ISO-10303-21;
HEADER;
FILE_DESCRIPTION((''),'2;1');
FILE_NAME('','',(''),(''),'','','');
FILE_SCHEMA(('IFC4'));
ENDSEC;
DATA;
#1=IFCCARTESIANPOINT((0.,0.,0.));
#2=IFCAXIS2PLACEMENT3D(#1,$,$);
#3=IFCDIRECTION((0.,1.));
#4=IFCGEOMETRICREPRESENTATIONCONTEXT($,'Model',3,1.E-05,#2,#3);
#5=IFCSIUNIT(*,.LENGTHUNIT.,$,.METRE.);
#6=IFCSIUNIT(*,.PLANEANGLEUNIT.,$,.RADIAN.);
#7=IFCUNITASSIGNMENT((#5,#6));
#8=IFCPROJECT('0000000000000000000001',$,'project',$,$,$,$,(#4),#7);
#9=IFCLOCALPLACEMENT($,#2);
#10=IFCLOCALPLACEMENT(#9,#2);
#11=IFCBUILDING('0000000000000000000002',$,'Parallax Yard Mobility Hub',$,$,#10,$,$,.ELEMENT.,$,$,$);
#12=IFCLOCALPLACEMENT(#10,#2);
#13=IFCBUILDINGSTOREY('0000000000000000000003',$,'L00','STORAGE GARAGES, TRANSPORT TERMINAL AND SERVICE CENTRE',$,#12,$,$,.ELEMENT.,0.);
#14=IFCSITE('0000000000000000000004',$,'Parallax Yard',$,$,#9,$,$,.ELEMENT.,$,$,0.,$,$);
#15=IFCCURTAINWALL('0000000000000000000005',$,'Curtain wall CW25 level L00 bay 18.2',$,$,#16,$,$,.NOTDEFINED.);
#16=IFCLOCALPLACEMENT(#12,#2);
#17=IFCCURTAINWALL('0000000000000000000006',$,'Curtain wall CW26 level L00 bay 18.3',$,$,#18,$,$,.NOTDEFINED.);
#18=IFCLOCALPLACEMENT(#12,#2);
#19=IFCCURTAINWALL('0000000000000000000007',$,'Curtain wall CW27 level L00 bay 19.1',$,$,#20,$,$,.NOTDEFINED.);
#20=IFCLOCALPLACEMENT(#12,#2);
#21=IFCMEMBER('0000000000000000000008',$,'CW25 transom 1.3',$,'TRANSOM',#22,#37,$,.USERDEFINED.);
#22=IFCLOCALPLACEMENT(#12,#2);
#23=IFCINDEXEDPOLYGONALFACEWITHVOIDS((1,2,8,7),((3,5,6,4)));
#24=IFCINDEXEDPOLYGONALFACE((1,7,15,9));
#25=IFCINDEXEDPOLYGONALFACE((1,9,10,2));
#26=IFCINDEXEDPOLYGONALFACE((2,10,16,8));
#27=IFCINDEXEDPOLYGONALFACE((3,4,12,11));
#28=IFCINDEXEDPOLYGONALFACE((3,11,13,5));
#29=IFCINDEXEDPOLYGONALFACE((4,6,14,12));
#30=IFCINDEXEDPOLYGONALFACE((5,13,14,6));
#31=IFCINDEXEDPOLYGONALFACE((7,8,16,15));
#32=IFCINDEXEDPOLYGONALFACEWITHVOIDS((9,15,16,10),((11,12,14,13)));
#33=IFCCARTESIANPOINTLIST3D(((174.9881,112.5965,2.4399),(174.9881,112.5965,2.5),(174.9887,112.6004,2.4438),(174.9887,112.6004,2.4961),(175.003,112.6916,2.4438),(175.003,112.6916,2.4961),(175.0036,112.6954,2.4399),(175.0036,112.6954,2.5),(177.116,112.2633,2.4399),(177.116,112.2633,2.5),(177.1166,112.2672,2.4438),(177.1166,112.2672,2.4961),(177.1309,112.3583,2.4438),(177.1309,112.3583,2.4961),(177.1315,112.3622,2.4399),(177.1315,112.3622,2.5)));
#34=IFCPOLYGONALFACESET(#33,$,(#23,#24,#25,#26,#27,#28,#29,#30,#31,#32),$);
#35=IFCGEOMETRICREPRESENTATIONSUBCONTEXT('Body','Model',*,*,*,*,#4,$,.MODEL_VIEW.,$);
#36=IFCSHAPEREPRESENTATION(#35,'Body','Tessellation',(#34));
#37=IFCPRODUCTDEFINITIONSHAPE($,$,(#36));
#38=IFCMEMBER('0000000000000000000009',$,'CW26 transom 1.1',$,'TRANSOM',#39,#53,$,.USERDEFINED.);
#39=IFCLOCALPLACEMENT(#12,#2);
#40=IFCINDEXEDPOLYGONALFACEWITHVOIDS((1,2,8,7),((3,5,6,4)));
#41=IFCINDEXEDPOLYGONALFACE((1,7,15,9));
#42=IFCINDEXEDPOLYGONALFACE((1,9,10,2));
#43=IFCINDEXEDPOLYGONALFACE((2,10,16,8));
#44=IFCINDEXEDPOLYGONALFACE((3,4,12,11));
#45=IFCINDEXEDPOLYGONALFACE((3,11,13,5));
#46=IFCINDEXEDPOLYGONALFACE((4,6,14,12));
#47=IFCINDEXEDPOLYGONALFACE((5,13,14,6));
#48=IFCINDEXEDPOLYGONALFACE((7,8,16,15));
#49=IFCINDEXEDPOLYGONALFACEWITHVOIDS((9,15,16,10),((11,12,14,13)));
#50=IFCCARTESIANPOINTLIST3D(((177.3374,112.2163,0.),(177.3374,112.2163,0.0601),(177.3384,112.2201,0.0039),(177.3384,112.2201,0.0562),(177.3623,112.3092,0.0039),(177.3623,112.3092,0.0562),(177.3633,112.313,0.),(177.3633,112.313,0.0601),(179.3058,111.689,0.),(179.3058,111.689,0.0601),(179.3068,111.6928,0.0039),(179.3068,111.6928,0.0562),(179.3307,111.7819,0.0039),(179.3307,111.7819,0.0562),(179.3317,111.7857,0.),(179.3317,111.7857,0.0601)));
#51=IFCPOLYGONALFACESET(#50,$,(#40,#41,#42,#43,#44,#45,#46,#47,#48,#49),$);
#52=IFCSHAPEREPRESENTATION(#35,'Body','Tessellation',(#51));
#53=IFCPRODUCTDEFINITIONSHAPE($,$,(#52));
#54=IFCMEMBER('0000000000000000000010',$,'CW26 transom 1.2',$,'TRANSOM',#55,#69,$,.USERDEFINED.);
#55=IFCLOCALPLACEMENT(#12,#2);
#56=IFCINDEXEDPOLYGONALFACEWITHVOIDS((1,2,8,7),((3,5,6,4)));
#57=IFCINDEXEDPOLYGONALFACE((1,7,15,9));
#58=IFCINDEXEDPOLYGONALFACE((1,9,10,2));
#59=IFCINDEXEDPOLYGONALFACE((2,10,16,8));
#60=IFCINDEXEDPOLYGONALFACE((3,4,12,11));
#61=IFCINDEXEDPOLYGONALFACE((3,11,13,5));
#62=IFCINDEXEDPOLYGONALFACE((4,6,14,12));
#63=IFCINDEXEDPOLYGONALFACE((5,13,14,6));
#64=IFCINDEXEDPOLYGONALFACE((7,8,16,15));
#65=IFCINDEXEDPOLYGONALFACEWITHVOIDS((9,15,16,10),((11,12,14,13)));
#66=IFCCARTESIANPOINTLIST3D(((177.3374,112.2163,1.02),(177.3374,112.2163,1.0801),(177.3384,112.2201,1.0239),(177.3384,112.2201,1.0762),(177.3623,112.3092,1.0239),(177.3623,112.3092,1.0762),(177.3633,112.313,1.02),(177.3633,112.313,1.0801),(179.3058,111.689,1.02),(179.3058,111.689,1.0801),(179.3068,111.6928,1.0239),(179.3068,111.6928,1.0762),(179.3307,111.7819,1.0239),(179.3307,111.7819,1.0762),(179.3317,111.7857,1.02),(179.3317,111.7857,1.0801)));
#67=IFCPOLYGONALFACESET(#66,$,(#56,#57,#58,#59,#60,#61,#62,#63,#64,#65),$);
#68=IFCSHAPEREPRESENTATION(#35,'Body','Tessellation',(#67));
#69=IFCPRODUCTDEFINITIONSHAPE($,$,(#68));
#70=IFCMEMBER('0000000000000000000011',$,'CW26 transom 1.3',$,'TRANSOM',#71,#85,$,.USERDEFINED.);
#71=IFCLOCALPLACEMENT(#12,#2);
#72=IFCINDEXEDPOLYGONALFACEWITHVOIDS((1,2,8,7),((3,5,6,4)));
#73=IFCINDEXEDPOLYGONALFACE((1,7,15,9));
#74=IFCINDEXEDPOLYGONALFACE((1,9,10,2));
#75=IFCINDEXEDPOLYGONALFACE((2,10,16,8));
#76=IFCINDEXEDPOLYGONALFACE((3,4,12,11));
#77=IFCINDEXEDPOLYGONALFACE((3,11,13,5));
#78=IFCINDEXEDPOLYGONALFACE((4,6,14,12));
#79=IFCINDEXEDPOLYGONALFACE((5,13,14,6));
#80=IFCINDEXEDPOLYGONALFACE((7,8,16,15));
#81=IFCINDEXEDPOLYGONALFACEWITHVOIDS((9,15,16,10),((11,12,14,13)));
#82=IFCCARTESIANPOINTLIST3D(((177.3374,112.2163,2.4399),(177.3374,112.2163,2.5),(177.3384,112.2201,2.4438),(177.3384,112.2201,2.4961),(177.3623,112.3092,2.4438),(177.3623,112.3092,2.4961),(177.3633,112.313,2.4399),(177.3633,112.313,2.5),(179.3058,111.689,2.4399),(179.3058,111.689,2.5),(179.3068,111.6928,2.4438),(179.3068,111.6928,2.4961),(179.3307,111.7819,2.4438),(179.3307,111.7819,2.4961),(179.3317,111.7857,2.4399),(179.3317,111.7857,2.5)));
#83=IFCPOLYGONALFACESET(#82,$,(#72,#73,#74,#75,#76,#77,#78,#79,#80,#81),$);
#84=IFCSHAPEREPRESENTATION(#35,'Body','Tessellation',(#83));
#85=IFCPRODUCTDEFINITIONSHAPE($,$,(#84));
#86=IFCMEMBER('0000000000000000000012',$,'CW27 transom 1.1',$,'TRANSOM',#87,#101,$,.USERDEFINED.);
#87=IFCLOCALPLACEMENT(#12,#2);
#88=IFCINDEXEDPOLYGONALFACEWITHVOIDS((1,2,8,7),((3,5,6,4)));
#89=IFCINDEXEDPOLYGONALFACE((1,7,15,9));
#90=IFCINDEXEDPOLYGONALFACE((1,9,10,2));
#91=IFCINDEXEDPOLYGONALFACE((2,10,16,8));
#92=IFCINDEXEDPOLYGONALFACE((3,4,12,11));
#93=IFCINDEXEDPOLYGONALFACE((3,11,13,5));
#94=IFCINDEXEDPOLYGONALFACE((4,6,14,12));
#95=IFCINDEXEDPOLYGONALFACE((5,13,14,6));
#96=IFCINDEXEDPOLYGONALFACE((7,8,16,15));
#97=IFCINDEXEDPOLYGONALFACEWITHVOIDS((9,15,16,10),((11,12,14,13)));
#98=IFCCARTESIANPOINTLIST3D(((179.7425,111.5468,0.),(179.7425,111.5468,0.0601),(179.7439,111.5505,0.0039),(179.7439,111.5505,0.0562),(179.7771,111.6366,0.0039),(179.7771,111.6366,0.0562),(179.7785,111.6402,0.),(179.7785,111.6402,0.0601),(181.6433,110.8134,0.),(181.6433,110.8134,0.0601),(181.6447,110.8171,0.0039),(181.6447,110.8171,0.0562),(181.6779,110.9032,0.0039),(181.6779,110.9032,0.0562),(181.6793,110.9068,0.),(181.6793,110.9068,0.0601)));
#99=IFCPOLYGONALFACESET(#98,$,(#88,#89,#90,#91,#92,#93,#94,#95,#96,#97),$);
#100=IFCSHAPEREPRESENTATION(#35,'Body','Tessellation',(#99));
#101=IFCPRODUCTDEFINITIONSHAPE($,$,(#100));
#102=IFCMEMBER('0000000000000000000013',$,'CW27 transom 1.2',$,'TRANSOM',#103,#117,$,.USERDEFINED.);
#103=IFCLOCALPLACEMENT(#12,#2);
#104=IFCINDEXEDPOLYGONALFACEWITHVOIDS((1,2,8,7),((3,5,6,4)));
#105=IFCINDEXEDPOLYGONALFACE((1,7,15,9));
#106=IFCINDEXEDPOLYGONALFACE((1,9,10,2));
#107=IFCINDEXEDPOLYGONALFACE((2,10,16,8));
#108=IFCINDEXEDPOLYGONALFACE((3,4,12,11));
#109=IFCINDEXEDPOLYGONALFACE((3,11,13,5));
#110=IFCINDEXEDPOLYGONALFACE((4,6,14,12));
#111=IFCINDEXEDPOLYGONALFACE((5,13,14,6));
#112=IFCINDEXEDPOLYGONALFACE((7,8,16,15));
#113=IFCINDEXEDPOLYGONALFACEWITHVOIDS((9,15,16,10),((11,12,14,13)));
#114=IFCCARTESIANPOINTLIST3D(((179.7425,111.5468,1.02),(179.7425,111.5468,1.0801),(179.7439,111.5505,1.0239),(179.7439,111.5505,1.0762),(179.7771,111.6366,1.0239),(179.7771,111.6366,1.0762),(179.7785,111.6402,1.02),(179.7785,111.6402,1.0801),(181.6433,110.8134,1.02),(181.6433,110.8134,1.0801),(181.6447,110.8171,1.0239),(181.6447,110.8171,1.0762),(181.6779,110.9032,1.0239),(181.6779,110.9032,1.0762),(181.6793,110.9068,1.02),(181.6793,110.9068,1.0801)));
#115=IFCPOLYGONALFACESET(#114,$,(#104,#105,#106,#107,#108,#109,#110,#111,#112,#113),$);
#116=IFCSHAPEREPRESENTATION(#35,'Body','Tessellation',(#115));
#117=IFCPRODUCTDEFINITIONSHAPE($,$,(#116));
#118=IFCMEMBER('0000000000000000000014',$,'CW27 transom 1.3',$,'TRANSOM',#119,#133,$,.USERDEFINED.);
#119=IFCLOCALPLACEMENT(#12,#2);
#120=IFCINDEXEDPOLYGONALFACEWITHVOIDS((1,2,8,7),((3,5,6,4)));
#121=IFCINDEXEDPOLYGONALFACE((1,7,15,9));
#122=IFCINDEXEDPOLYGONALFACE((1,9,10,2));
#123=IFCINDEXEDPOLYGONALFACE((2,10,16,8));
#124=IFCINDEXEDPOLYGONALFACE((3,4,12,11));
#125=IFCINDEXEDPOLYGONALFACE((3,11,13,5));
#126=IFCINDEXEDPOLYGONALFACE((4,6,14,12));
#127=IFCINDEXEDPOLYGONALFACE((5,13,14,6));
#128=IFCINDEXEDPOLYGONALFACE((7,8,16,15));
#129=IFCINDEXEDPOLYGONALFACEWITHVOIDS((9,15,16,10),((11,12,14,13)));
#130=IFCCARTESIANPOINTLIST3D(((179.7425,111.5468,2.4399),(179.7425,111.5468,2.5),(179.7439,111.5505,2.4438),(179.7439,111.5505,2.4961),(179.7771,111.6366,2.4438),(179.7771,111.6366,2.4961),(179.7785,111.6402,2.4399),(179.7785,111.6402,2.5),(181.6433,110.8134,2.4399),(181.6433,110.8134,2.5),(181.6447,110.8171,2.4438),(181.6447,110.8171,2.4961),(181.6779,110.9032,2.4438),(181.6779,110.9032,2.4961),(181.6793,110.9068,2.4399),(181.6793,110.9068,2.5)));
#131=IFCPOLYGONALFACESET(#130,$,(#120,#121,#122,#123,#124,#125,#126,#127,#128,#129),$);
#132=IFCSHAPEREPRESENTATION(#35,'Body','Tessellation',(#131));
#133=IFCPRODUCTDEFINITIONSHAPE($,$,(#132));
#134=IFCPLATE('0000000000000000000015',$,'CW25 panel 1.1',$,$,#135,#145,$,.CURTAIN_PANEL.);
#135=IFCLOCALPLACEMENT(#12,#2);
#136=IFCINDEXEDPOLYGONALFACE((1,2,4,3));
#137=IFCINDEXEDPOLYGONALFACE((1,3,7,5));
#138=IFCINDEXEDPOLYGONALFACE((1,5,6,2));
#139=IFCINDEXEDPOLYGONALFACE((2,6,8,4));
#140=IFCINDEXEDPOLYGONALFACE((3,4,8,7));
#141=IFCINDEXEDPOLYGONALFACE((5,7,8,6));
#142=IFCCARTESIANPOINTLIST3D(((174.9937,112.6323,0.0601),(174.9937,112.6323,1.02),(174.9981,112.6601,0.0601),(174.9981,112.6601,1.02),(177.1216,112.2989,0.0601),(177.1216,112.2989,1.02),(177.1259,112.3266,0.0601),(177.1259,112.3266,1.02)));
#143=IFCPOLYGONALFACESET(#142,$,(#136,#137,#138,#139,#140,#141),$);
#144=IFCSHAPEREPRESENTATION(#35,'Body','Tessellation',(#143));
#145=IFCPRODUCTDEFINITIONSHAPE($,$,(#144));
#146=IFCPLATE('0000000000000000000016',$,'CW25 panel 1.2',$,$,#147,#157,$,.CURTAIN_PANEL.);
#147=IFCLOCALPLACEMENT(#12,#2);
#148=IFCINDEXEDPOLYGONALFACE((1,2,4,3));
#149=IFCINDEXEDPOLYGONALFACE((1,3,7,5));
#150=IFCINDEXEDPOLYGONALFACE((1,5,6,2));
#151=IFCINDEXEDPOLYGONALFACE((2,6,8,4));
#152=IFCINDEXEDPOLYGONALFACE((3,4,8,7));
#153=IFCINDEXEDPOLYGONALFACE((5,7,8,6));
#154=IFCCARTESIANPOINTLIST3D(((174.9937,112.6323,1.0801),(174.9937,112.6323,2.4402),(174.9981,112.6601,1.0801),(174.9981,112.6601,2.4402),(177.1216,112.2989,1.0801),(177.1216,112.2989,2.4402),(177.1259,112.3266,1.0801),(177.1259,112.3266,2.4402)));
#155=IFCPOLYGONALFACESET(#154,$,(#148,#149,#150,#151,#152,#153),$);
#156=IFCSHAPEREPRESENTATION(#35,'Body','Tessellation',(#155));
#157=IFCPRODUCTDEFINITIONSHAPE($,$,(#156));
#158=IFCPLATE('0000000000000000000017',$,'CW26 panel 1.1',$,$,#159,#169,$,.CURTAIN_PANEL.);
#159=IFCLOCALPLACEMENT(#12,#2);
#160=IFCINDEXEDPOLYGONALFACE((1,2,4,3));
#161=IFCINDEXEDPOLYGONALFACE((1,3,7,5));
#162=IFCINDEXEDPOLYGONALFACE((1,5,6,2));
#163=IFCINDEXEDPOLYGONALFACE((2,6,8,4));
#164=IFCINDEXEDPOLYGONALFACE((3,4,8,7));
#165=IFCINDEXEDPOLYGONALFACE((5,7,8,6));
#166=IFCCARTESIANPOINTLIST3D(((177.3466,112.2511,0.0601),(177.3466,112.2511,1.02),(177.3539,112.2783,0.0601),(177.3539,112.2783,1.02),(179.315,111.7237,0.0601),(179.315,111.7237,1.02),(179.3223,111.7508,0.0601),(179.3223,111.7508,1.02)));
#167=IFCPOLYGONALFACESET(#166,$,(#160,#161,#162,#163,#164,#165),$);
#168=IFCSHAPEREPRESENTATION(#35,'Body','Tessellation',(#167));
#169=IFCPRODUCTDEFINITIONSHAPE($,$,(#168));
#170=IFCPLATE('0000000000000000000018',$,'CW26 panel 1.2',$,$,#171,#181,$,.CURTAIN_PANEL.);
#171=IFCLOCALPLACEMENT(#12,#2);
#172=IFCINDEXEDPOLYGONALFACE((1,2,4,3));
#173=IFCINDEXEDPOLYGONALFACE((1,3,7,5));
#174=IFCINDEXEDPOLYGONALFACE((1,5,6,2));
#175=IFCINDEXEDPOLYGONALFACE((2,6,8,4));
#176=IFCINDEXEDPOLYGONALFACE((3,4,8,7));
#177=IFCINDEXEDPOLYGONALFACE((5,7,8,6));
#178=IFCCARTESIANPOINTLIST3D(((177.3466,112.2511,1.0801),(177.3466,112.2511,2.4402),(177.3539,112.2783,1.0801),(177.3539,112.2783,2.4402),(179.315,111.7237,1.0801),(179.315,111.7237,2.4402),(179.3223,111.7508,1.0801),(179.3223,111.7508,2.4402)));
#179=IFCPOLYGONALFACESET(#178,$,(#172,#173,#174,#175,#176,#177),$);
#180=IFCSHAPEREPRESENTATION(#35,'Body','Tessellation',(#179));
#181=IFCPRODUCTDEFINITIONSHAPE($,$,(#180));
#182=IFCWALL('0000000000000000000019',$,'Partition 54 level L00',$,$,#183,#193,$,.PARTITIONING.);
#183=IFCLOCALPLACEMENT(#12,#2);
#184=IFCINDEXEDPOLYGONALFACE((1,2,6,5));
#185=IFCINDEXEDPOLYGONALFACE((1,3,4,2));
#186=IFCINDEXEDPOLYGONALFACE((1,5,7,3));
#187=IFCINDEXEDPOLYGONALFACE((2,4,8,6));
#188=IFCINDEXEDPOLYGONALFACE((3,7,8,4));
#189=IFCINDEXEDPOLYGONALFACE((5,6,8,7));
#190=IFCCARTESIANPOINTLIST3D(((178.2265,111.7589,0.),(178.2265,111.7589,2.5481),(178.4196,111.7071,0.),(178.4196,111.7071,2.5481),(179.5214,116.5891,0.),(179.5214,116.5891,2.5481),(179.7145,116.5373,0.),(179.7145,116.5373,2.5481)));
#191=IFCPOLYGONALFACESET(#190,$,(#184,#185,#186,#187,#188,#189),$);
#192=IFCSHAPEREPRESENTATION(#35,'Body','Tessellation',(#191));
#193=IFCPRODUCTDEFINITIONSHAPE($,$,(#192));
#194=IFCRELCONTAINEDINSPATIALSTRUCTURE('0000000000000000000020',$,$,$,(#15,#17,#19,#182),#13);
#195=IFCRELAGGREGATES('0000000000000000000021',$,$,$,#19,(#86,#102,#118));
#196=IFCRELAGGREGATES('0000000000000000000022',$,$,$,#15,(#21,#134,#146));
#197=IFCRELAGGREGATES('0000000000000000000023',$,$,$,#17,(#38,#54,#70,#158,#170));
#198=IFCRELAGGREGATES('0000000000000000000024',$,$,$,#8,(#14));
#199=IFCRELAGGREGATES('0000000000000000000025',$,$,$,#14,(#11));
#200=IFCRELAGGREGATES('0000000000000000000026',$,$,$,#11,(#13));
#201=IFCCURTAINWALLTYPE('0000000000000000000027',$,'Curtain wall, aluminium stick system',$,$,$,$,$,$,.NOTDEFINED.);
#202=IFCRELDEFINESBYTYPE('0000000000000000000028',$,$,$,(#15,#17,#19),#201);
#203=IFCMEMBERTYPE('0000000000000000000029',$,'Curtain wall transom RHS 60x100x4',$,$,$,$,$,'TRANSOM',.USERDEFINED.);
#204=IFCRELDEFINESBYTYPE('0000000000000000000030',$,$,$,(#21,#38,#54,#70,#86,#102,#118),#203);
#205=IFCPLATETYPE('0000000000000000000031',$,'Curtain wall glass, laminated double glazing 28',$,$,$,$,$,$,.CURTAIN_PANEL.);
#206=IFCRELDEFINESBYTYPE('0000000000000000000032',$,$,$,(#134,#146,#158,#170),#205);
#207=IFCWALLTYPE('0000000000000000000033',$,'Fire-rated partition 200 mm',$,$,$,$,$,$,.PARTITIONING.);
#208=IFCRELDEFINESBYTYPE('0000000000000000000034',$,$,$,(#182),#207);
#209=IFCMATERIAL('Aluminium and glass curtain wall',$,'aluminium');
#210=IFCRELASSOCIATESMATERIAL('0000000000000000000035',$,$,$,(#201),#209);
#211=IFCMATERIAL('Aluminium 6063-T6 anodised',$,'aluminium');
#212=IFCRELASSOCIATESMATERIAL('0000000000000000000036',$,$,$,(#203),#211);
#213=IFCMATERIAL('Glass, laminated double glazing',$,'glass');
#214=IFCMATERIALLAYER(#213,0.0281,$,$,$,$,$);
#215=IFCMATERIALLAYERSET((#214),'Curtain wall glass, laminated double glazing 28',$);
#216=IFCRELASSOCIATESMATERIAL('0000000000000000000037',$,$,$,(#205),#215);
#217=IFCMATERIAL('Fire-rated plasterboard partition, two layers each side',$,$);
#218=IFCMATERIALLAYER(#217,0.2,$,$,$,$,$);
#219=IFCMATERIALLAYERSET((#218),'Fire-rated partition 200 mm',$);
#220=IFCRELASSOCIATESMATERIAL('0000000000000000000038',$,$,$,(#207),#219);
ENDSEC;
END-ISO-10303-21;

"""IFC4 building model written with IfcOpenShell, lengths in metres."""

from ifc_helpers import new_model, si_unit, direction, frame, frame_2d, origin, origin_2d, place, context, subcontext, project, spatial, rectangle, hollow_rectangle, extrude, material, layer, layer_set, material_profile, profile_set, type_object, element, aggregate, save


model = new_model("IFC4")

# Units and contexts
model_context = context("Model", 3, precision=1e-05, world=origin(), true_north=direction((0.0, 1.0)))
body_context = subcontext(model_context, "Body", "Model", "MODEL_VIEW")
ifc_project = project(units=[si_unit("LENGTHUNIT", "METRE"), si_unit("PLANEANGLEUNIT", "RADIAN")], contexts=[model_context])

# Site, building, storey
site_placement = place(None, origin())
site = spatial("IfcSite", under=ifc_project, at=site_placement, Name="Parallax Yard", CompositionType="ELEMENT", RefElevation=0.0)
building_placement = place(site_placement, origin())
building = spatial("IfcBuilding", under=site, at=building_placement, Name="Parallax Yard Mobility Hub", CompositionType="ELEMENT")
storey_placement = place(building_placement, origin())
storey = spatial("IfcBuildingStorey", under=building, at=storey_placement, Name="L00", Description="STORAGE GARAGES, TRANSPORT TERMINAL AND SERVICE CENTRE", CompositionType="ELEMENT", Elevation=0.0)

# Curtain walls
ifc_material_1 = material(Name="Aluminium and glass curtain wall", Category="aluminium")
curtain_wall_type = type_object("IfcCurtainWallType", Name="Curtain wall, aluminium stick system", PredefinedType="NOTDEFINED", material=ifc_material_1)
curtain_wall_1_placement = place(storey_placement, origin())
curtain_wall_1 = element("IfcCurtainWall", 1, at=curtain_wall_1_placement, inside=storey, type_object=curtain_wall_type, Name="Curtain wall CW25 level L00 bay 18.2", PredefinedType="NOTDEFINED")
ifc_material_2 = material(Name="Aluminium 6063-T6 anodised", Category="aluminium")
curtain_wall_2_placement = place(storey_placement, origin())
curtain_wall_2 = element("IfcCurtainWall", 2, at=curtain_wall_2_placement, inside=storey, type_object=curtain_wall_type, Name="Curtain wall CW26 level L00 bay 18.3", PredefinedType="NOTDEFINED")

# Curtain wall
curtain_wall_3_placement = place(storey_placement, origin())
curtain_wall_3 = element("IfcCurtainWall", 3, at=curtain_wall_3_placement, inside=storey, type_object=curtain_wall_type, Name="Curtain wall CW27 level L00 bay 19.1", PredefinedType="NOTDEFINED")

# Members
ifc_material_profile_1 = material_profile(ifc_material_2, hollow_rectangle(XDim=0.1001, YDim=0.0601, WallThickness=0.0039, at=origin_2d()), Name="RHS 60x100x4")
ifc_profile_set_1 = profile_set([ifc_material_profile_1], Name="Aluminium 6063-T6 anodised")
member_type_1 = type_object("IfcMemberType", Name="Curtain wall transom RHS 60x100x4", ElementType="TRANSOM", PredefinedType="USERDEFINED", material=ifc_profile_set_1)
member_1_placement = place(storey_placement, frame((174.9958, 112.646, 2.47), z_axis=(0.987958, -0.154723, 0.0), x_axis=(0.154723, 0.987958, 0.0)))
member_1 = element("IfcMember", 4, at=member_1_placement, type_object=member_type_1, Name="CW25 transom 1.3", ObjectType="TRANSOM", PredefinedType="USERDEFINED", context=body_context, shape_type="SweptSolid", body=[
    extrude(hollow_rectangle(XDim=0.1001, YDim=0.0601, WallThickness=0.0039, at=origin_2d()), origin(), (0.0, 0.0, 1.0), 2.1538),
])
member_2_placement = place(storey_placement, frame((177.3503, 112.2646, 0.03), z_axis=(0.96594, -0.258766, 0.0), x_axis=(0.258766, 0.96594, 0.0)))
member_2 = element("IfcMember", 5, at=member_2_placement, type_object=member_type_1, Name="CW26 transom 1.1", ObjectType="TRANSOM", PredefinedType="USERDEFINED", context=body_context, shape_type="SweptSolid", body=[
    extrude(hollow_rectangle(XDim=0.1001, YDim=0.0601, WallThickness=0.0039, at=origin_2d()), origin(), (0.0, 0.0, 1.0), 2.0378),
])
member_3_placement = place(storey_placement, frame((177.3503, 112.2646, 1.05), z_axis=(0.96594, -0.258766, 0.0), x_axis=(0.258766, 0.96594, 0.0)))
member_3 = element("IfcMember", 6, at=member_3_placement, type_object=member_type_1, Name="CW26 transom 1.2", ObjectType="TRANSOM", PredefinedType="USERDEFINED", context=body_context, shape_type="SweptSolid", body=[
    extrude(hollow_rectangle(XDim=0.1001, YDim=0.0601, WallThickness=0.0039, at=origin_2d()), origin(), (0.0, 0.0, 1.0), 2.0378),
])
member_4_placement = place(storey_placement, frame((177.3503, 112.2646, 2.47), z_axis=(0.96594, -0.258766, 0.0), x_axis=(0.258766, 0.96594, 0.0)))
member_4 = element("IfcMember", 7, at=member_4_placement, type_object=member_type_1, Name="CW26 transom 1.3", ObjectType="TRANSOM", PredefinedType="USERDEFINED", context=body_context, shape_type="SweptSolid", body=[
    extrude(hollow_rectangle(XDim=0.1001, YDim=0.0601, WallThickness=0.0039, at=origin_2d()), origin(), (0.0, 0.0, 1.0), 2.0378),
])
member_5_placement = place(storey_placement, frame((179.7605, 111.5935, 0.03), z_axis=(0.932968, -0.359958, 0.0), x_axis=(0.359958, 0.932968, 0.0)))
member_5 = element("IfcMember", 8, at=member_5_placement, type_object=member_type_1, Name="CW27 transom 1.1", ObjectType="TRANSOM", PredefinedType="USERDEFINED", context=body_context, shape_type="SweptSolid", body=[
    extrude(hollow_rectangle(XDim=0.1001, YDim=0.0601, WallThickness=0.0039, at=origin_2d()), origin(), (0.0, 0.0, 1.0), 2.0374),
])
member_6_placement = place(storey_placement, frame((179.7605, 111.5935, 1.05), z_axis=(0.932968, -0.359958, 0.0), x_axis=(0.359958, 0.932968, 0.0)))
member_6 = element("IfcMember", 9, at=member_6_placement, type_object=member_type_1, Name="CW27 transom 1.2", ObjectType="TRANSOM", PredefinedType="USERDEFINED", context=body_context, shape_type="SweptSolid", body=[
    extrude(hollow_rectangle(XDim=0.1001, YDim=0.0601, WallThickness=0.0039, at=origin_2d()), origin(), (0.0, 0.0, 1.0), 2.0374),
])
member_7_placement = place(storey_placement, frame((179.7605, 111.5935, 2.47), z_axis=(0.932968, -0.359958, 0.0), x_axis=(0.359958, 0.932968, 0.0)))
member_7 = element("IfcMember", 10, at=member_7_placement, type_object=member_type_1, Name="CW27 transom 1.3", ObjectType="TRANSOM", PredefinedType="USERDEFINED", context=body_context, shape_type="SweptSolid", body=[
    extrude(hollow_rectangle(XDim=0.1001, YDim=0.0601, WallThickness=0.0039, at=origin_2d()), origin(), (0.0, 0.0, 1.0), 2.0374),
])
aggregate(curtain_wall_3, [member_5, member_6, member_7])

# Plates
ifc_material_3 = material(Name="Glass, laminated double glazing", Category="glass")
ifc_layer_1 = layer(ifc_material_3, 0.0281)
ifc_layer_set_1 = layer_set([ifc_layer_1], Name="Curtain wall glass, laminated double glazing 28")
plate_type = type_object("IfcPlateType", Name="Curtain wall glass, laminated double glazing 28", PredefinedType="CURTAIN_PANEL", material=ifc_layer_set_1)
plate_1_placement = place(storey_placement, frame((176.0598, 112.4795, 0.0601), z_axis=(0.0, 0.0, 1.0), x_axis=(0.987945, -0.154806, 0.0)))
plate_1 = element("IfcPlate", 11, at=plate_1_placement, type_object=plate_type, Name="CW25 panel 1.1", PredefinedType="CURTAIN_PANEL", context=body_context, shape_type="SweptSolid", body=[
    extrude(rectangle(XDim=2.1538, YDim=0.0281, at=origin_2d()), origin(), (0.0, 0.0, 1.0), 0.96),
])
plate_2_placement = place(storey_placement, frame((176.0598, 112.4795, 1.0801), z_axis=(0.0, 0.0, 1.0), x_axis=(0.987945, -0.154806, 0.0)))
plate_2 = element("IfcPlate", 12, at=plate_2_placement, type_object=plate_type, Name="CW25 panel 1.2", PredefinedType="CURTAIN_PANEL", context=body_context, shape_type="SweptSolid", body=[
    extrude(rectangle(XDim=2.1538, YDim=0.0281, at=origin_2d()), origin(), (0.0, 0.0, 1.0), 1.3601),
])
aggregate(curtain_wall_1, [member_1, plate_1, plate_2])
plate_3_placement = place(storey_placement, frame((178.3345, 112.001, 0.0601), z_axis=(0.0, 0.0, 1.0), x_axis=(0.965924, -0.258825, 0.0)))
plate_3 = element("IfcPlate", 13, at=plate_3_placement, type_object=plate_type, Name="CW26 panel 1.1", PredefinedType="CURTAIN_PANEL", context=body_context, shape_type="SweptSolid", body=[
    extrude(rectangle(XDim=2.0378, YDim=0.0281, at=origin_2d()), origin(), (0.0, 0.0, 1.0), 0.96),
])
plate_4_placement = place(storey_placement, frame((178.3345, 112.001, 1.0801), z_axis=(0.0, 0.0, 1.0), x_axis=(0.965924, -0.258825, 0.0)))
plate_4 = element("IfcPlate", 14, at=plate_4_placement, type_object=plate_type, Name="CW26 panel 1.2", PredefinedType="CURTAIN_PANEL", context=body_context, shape_type="SweptSolid", body=[
    extrude(rectangle(XDim=2.0378, YDim=0.0281, at=origin_2d()), origin(), (0.0, 0.0, 1.0), 1.3601),
])
aggregate(curtain_wall_2, [member_2, member_3, member_4, plate_3, plate_4])

# Wall
ifc_material_4 = material(Name="Fire-rated plasterboard partition, two layers each side")
ifc_layer_2 = layer(ifc_material_4, 0.2)
ifc_layer_set_2 = layer_set([ifc_layer_2], Name="Fire-rated partition 200 mm")
wall_type = type_object("IfcWallType", Name="Fire-rated partition 200 mm", PredefinedType="PARTITIONING", material=ifc_layer_set_2)
wall_placement = place(storey_placement, frame((178.323, 111.7329, 0.0), z_axis=(0.0, 0.0, 1.0), x_axis=(0.258951, 0.965891, 0.0)))
element("IfcWall", 15, at=wall_placement, inside=storey, type_object=wall_type, Name="Partition 54 level L00", PredefinedType="PARTITIONING", context=body_context, shape_type="SweptSolid", body=[
    extrude(rectangle(XDim=5.0007, YDim=0.2, at=frame_2d((2.5005, 0.0))), origin(), (0.0, 0.0, 1.0), 2.5481),
])

save(model, "model.ifc")
